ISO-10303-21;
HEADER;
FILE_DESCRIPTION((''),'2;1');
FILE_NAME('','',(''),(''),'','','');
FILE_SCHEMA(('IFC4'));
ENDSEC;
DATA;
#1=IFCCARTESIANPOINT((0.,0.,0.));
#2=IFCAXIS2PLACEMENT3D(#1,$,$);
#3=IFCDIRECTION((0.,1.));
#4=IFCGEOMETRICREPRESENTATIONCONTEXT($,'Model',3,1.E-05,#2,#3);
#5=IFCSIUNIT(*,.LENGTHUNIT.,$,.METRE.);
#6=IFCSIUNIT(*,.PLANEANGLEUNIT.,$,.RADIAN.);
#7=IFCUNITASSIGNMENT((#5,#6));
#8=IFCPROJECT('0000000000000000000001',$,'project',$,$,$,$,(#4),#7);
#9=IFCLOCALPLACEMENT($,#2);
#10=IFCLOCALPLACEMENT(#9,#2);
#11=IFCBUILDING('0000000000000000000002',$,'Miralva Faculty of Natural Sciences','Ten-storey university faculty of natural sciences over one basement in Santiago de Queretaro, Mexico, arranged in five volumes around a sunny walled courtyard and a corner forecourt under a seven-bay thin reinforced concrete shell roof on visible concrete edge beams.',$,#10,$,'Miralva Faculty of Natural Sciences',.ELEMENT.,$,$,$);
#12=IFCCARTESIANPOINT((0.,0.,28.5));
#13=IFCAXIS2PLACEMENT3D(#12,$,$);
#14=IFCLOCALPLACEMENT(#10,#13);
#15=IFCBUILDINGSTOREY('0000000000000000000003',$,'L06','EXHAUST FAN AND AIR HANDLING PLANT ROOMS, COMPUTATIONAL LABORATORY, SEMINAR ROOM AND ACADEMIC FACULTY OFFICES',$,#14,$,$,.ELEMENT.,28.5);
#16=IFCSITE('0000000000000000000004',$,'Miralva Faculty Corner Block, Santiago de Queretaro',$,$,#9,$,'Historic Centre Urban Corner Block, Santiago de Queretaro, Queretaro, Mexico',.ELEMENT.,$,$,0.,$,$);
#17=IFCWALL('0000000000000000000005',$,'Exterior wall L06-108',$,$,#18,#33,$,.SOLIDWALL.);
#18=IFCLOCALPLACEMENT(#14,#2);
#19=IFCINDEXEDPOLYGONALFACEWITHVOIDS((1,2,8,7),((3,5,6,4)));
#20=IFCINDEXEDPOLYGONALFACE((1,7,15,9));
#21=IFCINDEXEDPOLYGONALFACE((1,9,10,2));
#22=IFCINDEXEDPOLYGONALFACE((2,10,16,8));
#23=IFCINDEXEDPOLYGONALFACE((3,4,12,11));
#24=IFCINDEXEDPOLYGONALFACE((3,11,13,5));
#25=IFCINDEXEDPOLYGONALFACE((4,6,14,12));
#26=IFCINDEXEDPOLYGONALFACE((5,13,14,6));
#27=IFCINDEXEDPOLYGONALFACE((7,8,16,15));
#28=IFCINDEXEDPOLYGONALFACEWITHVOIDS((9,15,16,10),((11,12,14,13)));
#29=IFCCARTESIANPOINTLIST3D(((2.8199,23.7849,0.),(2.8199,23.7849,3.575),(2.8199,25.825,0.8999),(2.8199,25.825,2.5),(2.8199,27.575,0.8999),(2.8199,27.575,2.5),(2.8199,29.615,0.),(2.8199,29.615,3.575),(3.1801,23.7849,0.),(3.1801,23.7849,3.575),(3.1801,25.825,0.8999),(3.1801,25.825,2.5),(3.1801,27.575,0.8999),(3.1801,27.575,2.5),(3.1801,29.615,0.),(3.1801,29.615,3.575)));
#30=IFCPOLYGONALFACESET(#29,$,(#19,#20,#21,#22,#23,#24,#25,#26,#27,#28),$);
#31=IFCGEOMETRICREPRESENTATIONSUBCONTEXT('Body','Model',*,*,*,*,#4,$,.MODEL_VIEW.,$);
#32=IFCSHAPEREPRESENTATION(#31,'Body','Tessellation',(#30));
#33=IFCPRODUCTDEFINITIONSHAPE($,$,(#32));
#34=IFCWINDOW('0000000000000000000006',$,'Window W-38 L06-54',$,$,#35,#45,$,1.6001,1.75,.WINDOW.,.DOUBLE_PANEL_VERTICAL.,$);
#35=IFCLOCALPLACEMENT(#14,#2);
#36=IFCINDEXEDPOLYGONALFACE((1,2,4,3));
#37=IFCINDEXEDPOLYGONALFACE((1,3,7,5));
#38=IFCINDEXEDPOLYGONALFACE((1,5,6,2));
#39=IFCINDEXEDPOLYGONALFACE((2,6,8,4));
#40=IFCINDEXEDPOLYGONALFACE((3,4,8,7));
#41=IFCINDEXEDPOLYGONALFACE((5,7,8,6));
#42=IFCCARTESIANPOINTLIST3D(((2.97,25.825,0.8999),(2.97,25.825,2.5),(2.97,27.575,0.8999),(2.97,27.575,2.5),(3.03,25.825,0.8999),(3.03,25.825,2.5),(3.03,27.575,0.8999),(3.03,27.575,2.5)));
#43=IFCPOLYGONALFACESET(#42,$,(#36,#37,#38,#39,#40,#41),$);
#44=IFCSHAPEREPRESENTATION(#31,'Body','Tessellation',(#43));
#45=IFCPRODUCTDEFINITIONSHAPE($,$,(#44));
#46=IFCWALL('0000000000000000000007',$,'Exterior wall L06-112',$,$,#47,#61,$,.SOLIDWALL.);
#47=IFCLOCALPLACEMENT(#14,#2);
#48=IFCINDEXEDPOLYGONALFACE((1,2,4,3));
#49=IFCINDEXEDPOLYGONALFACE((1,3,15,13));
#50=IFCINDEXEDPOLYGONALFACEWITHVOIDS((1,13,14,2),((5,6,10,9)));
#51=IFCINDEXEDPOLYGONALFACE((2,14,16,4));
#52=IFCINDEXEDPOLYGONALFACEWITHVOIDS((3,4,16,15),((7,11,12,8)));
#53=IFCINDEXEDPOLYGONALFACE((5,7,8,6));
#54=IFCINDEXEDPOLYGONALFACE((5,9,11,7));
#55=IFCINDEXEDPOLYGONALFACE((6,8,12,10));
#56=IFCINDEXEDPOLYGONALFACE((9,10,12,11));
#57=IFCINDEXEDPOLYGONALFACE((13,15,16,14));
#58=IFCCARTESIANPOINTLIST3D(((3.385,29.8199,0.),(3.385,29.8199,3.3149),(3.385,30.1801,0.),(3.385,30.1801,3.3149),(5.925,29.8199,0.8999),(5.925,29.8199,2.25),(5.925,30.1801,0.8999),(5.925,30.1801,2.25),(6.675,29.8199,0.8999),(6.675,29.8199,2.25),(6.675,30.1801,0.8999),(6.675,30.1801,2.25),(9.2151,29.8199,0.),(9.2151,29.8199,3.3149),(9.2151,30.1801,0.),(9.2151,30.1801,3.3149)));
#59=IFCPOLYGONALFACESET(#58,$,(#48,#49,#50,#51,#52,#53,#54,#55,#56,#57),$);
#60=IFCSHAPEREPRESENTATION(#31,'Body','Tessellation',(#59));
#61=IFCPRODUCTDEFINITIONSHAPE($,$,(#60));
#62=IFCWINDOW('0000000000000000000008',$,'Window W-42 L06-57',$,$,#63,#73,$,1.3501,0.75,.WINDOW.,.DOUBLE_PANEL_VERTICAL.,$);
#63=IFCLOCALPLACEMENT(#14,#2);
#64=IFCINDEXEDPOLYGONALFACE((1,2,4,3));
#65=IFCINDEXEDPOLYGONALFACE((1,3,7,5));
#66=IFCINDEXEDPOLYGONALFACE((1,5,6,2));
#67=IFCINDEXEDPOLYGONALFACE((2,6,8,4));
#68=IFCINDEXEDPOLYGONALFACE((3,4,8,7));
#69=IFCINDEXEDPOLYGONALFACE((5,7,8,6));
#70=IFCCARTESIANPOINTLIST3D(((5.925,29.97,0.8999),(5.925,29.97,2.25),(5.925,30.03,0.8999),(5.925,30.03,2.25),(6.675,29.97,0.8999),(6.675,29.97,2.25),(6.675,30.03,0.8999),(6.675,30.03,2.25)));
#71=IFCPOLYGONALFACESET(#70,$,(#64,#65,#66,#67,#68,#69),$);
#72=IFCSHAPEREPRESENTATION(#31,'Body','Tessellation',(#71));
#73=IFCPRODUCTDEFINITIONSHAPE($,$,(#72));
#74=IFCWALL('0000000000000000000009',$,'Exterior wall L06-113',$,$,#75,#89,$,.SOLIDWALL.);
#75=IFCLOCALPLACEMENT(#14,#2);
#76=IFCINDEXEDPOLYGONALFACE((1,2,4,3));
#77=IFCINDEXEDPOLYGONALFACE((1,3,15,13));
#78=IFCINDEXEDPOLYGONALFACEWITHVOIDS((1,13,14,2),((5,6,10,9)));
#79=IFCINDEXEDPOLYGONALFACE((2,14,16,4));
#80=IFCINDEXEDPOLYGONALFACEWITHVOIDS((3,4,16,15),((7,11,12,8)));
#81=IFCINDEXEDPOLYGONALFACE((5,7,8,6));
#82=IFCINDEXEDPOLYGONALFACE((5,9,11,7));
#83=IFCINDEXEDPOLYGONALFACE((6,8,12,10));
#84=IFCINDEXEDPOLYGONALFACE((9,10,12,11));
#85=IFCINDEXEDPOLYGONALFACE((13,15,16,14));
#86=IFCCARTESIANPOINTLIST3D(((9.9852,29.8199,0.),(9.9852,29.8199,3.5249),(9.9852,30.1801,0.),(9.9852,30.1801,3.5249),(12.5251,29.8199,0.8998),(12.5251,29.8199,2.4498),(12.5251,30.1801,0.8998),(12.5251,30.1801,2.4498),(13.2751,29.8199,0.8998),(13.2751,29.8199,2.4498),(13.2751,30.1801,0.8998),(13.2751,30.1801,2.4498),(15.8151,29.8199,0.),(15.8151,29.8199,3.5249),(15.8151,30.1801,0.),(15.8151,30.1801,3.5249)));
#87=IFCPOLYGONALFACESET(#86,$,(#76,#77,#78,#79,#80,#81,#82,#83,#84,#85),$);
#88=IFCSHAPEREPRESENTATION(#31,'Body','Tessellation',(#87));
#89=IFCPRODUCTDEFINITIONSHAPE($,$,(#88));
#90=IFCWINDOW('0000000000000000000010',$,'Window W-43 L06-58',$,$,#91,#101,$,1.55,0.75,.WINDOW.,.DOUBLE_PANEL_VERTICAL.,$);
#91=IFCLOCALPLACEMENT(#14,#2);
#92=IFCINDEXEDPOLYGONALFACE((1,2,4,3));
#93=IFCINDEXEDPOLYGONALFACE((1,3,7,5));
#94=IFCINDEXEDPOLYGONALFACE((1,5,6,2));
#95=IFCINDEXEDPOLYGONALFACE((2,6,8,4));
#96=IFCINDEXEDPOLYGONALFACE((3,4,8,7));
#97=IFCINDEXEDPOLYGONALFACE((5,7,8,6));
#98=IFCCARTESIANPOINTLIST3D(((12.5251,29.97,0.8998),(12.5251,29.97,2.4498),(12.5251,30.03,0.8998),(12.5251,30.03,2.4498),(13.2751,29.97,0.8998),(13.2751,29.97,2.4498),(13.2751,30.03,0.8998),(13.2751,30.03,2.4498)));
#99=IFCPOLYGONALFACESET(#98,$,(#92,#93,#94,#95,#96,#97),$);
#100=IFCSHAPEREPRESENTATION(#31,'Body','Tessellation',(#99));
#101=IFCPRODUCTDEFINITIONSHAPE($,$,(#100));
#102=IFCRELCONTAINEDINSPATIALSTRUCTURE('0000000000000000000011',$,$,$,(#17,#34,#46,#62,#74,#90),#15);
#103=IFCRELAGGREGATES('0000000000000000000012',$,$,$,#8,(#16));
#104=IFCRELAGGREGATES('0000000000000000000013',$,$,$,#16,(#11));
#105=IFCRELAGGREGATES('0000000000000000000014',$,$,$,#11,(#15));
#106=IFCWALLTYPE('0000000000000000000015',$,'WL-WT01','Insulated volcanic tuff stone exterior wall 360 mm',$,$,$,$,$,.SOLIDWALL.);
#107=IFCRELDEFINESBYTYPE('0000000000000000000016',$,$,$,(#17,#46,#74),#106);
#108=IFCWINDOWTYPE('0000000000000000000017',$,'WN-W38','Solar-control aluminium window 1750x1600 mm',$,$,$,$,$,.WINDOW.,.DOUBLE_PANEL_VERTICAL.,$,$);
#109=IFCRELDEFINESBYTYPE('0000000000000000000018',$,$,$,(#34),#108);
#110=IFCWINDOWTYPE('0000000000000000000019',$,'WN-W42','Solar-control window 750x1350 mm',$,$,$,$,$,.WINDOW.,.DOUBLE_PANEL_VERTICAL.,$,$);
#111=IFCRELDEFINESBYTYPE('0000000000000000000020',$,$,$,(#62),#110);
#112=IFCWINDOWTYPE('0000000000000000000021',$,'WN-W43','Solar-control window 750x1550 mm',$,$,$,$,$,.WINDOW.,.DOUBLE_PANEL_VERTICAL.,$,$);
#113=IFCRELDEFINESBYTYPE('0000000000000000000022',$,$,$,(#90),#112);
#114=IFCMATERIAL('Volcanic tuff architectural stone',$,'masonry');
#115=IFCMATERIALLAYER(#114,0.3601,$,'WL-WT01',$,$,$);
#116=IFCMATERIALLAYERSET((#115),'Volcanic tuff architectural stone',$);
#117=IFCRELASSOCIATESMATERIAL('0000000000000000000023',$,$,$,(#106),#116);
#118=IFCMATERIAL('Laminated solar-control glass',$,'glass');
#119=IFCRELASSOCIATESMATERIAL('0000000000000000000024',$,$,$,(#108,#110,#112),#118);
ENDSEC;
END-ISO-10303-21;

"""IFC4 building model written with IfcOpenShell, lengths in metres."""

from ifc_helpers import new_model, si_unit, direction, frame, frame_2d, origin, place, context, subcontext, project, spatial, rectangle, extrude, material, layer, layer_set, type_object, element, fill, save


model = new_model("IFC4")

# Units and contexts
model_context = context("Model", 3, precision=1e-05, world=origin(), true_north=direction((0.0, 1.0)))
body_context = subcontext(model_context, "Body", "Model", "MODEL_VIEW")
ifc_project = project(units=[si_unit("LENGTHUNIT", "METRE"), si_unit("PLANEANGLEUNIT", "RADIAN")], contexts=[model_context])

# Site, building, storey
site_placement = place(None, origin())
site = spatial("IfcSite", under=ifc_project, at=site_placement, Name="Miralva Faculty Corner Block, Santiago de Queretaro", LongName="Historic Centre Urban Corner Block, Santiago de Queretaro, Queretaro, Mexico", CompositionType="ELEMENT", RefElevation=0.0)
building_placement = place(site_placement, origin())
building = spatial("IfcBuilding", under=site, at=building_placement, Name="Miralva Faculty of Natural Sciences", Description="Ten-storey university faculty of natural sciences over one basement in Santiago de Queretaro, Mexico, arranged in five volumes around a sunny walled courtyard and a corner forecourt under a seven-bay thin reinforced concrete shell roof on visible concrete edge beams.", LongName="Miralva Faculty of Natural Sciences", CompositionType="ELEMENT")
storey_placement = place(building_placement, frame((0.0, 0.0, 28.5)))
storey = spatial("IfcBuildingStorey", under=building, at=storey_placement, Name="L06", Description="EXHAUST FAN AND AIR HANDLING PLANT ROOMS, COMPUTATIONAL LABORATORY, SEMINAR ROOM AND ACADEMIC FACULTY OFFICES", CompositionType="ELEMENT", Elevation=28.5)

# Walls, openings, windows
ifc_material_1 = material(Name="Volcanic tuff architectural stone", Category="masonry")
ifc_layer_1 = layer(ifc_material_1, 0.3601, Name="WL-WT01")
ifc_layer_set_1 = layer_set([ifc_layer_1], Name="Volcanic tuff architectural stone")
wall_type_1 = type_object("IfcWallType", Name="WL-WT01", Description="Insulated volcanic tuff stone exterior wall 360 mm", PredefinedType="SOLIDWALL", material=ifc_layer_set_1)
wall_1_placement = place(storey_placement, frame((3.0, 23.7849, 0.0), z_axis=(0.0, 0.0, 1.0), x_axis=(0.0, 1.0, 0.0)))
wall_1 = element("IfcWall", 1, at=wall_1_placement, inside=storey, type_object=wall_type_1, Name="Exterior wall L06-108", PredefinedType="SOLIDWALL", context=body_context, shape_type="SweptSolid", body=[
    extrude(rectangle(XDim=5.8301, YDim=0.3601, at=frame_2d((2.915, 0.0))), origin(), (0.0, 0.0, 1.0), 3.575),
])
opening_1_placement = place(wall_1_placement, frame((2.04, 0.0, 0.8999)))
opening_1 = element("IfcOpeningElement", 2, at=opening_1_placement, cuts=wall_1, PredefinedType="OPENING", context=body_context, shape_type="SweptSolid", body=[
    extrude(rectangle(XDim=1.75, YDim=1.6001, at=frame_2d((0.875, 0.8))), frame((0.0, 0.1899, 0.0), z_axis=(0.0, -1.0, 0.0), x_axis=(1.0, 0.0, 0.0)), (0.0, 0.0, 1.0), 0.3801),
])
ifc_material_2 = material(Name="Laminated solar-control glass", Category="glass")
window_type_1 = type_object("IfcWindowType", Name="WN-W38", Description="Solar-control aluminium window 1750x1600 mm", PartitioningType="DOUBLE_PANEL_VERTICAL", PredefinedType="WINDOW", material=ifc_material_2)
window_1_placement = place(opening_1_placement, origin())
window_1 = element("IfcWindow", 3, at=window_1_placement, inside=storey, type_object=window_type_1, Name="Window W-38 L06-54", OverallHeight=1.6001, OverallWidth=1.75, PartitioningType="DOUBLE_PANEL_VERTICAL", PredefinedType="WINDOW", context=body_context, shape_type="SweptSolid", body=[
    extrude(rectangle(XDim=1.75, YDim=1.6001, at=frame_2d((0.875, 0.8))), frame((0.0, 0.03, 0.0), z_axis=(0.0, -1.0, 0.0), x_axis=(1.0, 0.0, 0.0)), (0.0, 0.0, 1.0), 0.0601),
])
fill(opening_1, window_1)
wall_2_placement = place(storey_placement, frame((3.385, 30.0, 0.0), z_axis=(0.0, 0.0, 1.0), x_axis=(1.0, 0.0, 0.0)))
wall_2 = element("IfcWall", 4, at=wall_2_placement, inside=storey, type_object=wall_type_1, Name="Exterior wall L06-112", PredefinedType="SOLIDWALL", context=body_context, shape_type="SweptSolid", body=[
    extrude(rectangle(XDim=5.8301, YDim=0.3601, at=frame_2d((2.915, 0.0))), origin(), (0.0, 0.0, 1.0), 3.3149),
])
opening_2_placement = place(wall_2_placement, frame((2.54, 0.0, 0.8999)))
opening_2 = element("IfcOpeningElement", 5, at=opening_2_placement, cuts=wall_2, PredefinedType="OPENING", context=body_context, shape_type="SweptSolid", body=[
    extrude(rectangle(XDim=0.75, YDim=1.3501, at=frame_2d((0.375, 0.675))), frame((0.0, 0.1899, 0.0), z_axis=(0.0, -1.0, 0.0), x_axis=(1.0, 0.0, 0.0)), (0.0, 0.0, 1.0), 0.3801),
])
window_type_2 = type_object("IfcWindowType", Name="WN-W42", Description="Solar-control window 750x1350 mm", PartitioningType="DOUBLE_PANEL_VERTICAL", PredefinedType="WINDOW", material=ifc_material_2)
window_2_placement = place(opening_2_placement, origin())
window_2 = element("IfcWindow", 6, at=window_2_placement, inside=storey, type_object=window_type_2, Name="Window W-42 L06-57", OverallHeight=1.3501, OverallWidth=0.75, PartitioningType="DOUBLE_PANEL_VERTICAL", PredefinedType="WINDOW", context=body_context, shape_type="SweptSolid", body=[
    extrude(rectangle(XDim=0.75, YDim=1.3501, at=frame_2d((0.375, 0.675))), frame((0.0, 0.03, 0.0), z_axis=(0.0, -1.0, 0.0), x_axis=(1.0, 0.0, 0.0)), (0.0, 0.0, 1.0), 0.0601),
])
fill(opening_2, window_2)
wall_3_placement = place(storey_placement, frame((9.9851, 30.0, 0.0), z_axis=(0.0, 0.0, 1.0), x_axis=(1.0, 0.0, 0.0)))
wall_3 = element("IfcWall", 7, at=wall_3_placement, inside=storey, type_object=wall_type_1, Name="Exterior wall L06-113", PredefinedType="SOLIDWALL", context=body_context, shape_type="SweptSolid", body=[
    extrude(rectangle(XDim=5.8298, YDim=0.3601, at=frame_2d((2.915, 0.0))), origin(), (0.0, 0.0, 1.0), 3.5249),
])
opening_3_placement = place(wall_3_placement, frame((2.54, 0.0, 0.8999)))
opening_3 = element("IfcOpeningElement", 8, at=opening_3_placement, cuts=wall_3, PredefinedType="OPENING", context=body_context, shape_type="SweptSolid", body=[
    extrude(rectangle(XDim=0.75, YDim=1.55, at=frame_2d((0.375, 0.7749))), frame((0.0, 0.1899, 0.0), z_axis=(0.0, -1.0, 0.0), x_axis=(1.0, 0.0, 0.0)), (0.0, 0.0, 1.0), 0.3801),
])
window_type_3 = type_object("IfcWindowType", Name="WN-W43", Description="Solar-control window 750x1550 mm", PartitioningType="DOUBLE_PANEL_VERTICAL", PredefinedType="WINDOW", material=ifc_material_2)
window_3_placement = place(opening_3_placement, origin())
window_3 = element("IfcWindow", 9, at=window_3_placement, inside=storey, type_object=window_type_3, Name="Window W-43 L06-58", OverallHeight=1.55, OverallWidth=0.75, PartitioningType="DOUBLE_PANEL_VERTICAL", PredefinedType="WINDOW", context=body_context, shape_type="SweptSolid", body=[
    extrude(rectangle(XDim=0.75, YDim=1.55, at=frame_2d((0.375, 0.7749))), frame((0.0, 0.03, 0.0), z_axis=(0.0, -1.0, 0.0), x_axis=(1.0, 0.0, 0.0)), (0.0, 0.0, 1.0), 0.0601),
])
fill(opening_3, window_3)

save(model, "model.ifc")
